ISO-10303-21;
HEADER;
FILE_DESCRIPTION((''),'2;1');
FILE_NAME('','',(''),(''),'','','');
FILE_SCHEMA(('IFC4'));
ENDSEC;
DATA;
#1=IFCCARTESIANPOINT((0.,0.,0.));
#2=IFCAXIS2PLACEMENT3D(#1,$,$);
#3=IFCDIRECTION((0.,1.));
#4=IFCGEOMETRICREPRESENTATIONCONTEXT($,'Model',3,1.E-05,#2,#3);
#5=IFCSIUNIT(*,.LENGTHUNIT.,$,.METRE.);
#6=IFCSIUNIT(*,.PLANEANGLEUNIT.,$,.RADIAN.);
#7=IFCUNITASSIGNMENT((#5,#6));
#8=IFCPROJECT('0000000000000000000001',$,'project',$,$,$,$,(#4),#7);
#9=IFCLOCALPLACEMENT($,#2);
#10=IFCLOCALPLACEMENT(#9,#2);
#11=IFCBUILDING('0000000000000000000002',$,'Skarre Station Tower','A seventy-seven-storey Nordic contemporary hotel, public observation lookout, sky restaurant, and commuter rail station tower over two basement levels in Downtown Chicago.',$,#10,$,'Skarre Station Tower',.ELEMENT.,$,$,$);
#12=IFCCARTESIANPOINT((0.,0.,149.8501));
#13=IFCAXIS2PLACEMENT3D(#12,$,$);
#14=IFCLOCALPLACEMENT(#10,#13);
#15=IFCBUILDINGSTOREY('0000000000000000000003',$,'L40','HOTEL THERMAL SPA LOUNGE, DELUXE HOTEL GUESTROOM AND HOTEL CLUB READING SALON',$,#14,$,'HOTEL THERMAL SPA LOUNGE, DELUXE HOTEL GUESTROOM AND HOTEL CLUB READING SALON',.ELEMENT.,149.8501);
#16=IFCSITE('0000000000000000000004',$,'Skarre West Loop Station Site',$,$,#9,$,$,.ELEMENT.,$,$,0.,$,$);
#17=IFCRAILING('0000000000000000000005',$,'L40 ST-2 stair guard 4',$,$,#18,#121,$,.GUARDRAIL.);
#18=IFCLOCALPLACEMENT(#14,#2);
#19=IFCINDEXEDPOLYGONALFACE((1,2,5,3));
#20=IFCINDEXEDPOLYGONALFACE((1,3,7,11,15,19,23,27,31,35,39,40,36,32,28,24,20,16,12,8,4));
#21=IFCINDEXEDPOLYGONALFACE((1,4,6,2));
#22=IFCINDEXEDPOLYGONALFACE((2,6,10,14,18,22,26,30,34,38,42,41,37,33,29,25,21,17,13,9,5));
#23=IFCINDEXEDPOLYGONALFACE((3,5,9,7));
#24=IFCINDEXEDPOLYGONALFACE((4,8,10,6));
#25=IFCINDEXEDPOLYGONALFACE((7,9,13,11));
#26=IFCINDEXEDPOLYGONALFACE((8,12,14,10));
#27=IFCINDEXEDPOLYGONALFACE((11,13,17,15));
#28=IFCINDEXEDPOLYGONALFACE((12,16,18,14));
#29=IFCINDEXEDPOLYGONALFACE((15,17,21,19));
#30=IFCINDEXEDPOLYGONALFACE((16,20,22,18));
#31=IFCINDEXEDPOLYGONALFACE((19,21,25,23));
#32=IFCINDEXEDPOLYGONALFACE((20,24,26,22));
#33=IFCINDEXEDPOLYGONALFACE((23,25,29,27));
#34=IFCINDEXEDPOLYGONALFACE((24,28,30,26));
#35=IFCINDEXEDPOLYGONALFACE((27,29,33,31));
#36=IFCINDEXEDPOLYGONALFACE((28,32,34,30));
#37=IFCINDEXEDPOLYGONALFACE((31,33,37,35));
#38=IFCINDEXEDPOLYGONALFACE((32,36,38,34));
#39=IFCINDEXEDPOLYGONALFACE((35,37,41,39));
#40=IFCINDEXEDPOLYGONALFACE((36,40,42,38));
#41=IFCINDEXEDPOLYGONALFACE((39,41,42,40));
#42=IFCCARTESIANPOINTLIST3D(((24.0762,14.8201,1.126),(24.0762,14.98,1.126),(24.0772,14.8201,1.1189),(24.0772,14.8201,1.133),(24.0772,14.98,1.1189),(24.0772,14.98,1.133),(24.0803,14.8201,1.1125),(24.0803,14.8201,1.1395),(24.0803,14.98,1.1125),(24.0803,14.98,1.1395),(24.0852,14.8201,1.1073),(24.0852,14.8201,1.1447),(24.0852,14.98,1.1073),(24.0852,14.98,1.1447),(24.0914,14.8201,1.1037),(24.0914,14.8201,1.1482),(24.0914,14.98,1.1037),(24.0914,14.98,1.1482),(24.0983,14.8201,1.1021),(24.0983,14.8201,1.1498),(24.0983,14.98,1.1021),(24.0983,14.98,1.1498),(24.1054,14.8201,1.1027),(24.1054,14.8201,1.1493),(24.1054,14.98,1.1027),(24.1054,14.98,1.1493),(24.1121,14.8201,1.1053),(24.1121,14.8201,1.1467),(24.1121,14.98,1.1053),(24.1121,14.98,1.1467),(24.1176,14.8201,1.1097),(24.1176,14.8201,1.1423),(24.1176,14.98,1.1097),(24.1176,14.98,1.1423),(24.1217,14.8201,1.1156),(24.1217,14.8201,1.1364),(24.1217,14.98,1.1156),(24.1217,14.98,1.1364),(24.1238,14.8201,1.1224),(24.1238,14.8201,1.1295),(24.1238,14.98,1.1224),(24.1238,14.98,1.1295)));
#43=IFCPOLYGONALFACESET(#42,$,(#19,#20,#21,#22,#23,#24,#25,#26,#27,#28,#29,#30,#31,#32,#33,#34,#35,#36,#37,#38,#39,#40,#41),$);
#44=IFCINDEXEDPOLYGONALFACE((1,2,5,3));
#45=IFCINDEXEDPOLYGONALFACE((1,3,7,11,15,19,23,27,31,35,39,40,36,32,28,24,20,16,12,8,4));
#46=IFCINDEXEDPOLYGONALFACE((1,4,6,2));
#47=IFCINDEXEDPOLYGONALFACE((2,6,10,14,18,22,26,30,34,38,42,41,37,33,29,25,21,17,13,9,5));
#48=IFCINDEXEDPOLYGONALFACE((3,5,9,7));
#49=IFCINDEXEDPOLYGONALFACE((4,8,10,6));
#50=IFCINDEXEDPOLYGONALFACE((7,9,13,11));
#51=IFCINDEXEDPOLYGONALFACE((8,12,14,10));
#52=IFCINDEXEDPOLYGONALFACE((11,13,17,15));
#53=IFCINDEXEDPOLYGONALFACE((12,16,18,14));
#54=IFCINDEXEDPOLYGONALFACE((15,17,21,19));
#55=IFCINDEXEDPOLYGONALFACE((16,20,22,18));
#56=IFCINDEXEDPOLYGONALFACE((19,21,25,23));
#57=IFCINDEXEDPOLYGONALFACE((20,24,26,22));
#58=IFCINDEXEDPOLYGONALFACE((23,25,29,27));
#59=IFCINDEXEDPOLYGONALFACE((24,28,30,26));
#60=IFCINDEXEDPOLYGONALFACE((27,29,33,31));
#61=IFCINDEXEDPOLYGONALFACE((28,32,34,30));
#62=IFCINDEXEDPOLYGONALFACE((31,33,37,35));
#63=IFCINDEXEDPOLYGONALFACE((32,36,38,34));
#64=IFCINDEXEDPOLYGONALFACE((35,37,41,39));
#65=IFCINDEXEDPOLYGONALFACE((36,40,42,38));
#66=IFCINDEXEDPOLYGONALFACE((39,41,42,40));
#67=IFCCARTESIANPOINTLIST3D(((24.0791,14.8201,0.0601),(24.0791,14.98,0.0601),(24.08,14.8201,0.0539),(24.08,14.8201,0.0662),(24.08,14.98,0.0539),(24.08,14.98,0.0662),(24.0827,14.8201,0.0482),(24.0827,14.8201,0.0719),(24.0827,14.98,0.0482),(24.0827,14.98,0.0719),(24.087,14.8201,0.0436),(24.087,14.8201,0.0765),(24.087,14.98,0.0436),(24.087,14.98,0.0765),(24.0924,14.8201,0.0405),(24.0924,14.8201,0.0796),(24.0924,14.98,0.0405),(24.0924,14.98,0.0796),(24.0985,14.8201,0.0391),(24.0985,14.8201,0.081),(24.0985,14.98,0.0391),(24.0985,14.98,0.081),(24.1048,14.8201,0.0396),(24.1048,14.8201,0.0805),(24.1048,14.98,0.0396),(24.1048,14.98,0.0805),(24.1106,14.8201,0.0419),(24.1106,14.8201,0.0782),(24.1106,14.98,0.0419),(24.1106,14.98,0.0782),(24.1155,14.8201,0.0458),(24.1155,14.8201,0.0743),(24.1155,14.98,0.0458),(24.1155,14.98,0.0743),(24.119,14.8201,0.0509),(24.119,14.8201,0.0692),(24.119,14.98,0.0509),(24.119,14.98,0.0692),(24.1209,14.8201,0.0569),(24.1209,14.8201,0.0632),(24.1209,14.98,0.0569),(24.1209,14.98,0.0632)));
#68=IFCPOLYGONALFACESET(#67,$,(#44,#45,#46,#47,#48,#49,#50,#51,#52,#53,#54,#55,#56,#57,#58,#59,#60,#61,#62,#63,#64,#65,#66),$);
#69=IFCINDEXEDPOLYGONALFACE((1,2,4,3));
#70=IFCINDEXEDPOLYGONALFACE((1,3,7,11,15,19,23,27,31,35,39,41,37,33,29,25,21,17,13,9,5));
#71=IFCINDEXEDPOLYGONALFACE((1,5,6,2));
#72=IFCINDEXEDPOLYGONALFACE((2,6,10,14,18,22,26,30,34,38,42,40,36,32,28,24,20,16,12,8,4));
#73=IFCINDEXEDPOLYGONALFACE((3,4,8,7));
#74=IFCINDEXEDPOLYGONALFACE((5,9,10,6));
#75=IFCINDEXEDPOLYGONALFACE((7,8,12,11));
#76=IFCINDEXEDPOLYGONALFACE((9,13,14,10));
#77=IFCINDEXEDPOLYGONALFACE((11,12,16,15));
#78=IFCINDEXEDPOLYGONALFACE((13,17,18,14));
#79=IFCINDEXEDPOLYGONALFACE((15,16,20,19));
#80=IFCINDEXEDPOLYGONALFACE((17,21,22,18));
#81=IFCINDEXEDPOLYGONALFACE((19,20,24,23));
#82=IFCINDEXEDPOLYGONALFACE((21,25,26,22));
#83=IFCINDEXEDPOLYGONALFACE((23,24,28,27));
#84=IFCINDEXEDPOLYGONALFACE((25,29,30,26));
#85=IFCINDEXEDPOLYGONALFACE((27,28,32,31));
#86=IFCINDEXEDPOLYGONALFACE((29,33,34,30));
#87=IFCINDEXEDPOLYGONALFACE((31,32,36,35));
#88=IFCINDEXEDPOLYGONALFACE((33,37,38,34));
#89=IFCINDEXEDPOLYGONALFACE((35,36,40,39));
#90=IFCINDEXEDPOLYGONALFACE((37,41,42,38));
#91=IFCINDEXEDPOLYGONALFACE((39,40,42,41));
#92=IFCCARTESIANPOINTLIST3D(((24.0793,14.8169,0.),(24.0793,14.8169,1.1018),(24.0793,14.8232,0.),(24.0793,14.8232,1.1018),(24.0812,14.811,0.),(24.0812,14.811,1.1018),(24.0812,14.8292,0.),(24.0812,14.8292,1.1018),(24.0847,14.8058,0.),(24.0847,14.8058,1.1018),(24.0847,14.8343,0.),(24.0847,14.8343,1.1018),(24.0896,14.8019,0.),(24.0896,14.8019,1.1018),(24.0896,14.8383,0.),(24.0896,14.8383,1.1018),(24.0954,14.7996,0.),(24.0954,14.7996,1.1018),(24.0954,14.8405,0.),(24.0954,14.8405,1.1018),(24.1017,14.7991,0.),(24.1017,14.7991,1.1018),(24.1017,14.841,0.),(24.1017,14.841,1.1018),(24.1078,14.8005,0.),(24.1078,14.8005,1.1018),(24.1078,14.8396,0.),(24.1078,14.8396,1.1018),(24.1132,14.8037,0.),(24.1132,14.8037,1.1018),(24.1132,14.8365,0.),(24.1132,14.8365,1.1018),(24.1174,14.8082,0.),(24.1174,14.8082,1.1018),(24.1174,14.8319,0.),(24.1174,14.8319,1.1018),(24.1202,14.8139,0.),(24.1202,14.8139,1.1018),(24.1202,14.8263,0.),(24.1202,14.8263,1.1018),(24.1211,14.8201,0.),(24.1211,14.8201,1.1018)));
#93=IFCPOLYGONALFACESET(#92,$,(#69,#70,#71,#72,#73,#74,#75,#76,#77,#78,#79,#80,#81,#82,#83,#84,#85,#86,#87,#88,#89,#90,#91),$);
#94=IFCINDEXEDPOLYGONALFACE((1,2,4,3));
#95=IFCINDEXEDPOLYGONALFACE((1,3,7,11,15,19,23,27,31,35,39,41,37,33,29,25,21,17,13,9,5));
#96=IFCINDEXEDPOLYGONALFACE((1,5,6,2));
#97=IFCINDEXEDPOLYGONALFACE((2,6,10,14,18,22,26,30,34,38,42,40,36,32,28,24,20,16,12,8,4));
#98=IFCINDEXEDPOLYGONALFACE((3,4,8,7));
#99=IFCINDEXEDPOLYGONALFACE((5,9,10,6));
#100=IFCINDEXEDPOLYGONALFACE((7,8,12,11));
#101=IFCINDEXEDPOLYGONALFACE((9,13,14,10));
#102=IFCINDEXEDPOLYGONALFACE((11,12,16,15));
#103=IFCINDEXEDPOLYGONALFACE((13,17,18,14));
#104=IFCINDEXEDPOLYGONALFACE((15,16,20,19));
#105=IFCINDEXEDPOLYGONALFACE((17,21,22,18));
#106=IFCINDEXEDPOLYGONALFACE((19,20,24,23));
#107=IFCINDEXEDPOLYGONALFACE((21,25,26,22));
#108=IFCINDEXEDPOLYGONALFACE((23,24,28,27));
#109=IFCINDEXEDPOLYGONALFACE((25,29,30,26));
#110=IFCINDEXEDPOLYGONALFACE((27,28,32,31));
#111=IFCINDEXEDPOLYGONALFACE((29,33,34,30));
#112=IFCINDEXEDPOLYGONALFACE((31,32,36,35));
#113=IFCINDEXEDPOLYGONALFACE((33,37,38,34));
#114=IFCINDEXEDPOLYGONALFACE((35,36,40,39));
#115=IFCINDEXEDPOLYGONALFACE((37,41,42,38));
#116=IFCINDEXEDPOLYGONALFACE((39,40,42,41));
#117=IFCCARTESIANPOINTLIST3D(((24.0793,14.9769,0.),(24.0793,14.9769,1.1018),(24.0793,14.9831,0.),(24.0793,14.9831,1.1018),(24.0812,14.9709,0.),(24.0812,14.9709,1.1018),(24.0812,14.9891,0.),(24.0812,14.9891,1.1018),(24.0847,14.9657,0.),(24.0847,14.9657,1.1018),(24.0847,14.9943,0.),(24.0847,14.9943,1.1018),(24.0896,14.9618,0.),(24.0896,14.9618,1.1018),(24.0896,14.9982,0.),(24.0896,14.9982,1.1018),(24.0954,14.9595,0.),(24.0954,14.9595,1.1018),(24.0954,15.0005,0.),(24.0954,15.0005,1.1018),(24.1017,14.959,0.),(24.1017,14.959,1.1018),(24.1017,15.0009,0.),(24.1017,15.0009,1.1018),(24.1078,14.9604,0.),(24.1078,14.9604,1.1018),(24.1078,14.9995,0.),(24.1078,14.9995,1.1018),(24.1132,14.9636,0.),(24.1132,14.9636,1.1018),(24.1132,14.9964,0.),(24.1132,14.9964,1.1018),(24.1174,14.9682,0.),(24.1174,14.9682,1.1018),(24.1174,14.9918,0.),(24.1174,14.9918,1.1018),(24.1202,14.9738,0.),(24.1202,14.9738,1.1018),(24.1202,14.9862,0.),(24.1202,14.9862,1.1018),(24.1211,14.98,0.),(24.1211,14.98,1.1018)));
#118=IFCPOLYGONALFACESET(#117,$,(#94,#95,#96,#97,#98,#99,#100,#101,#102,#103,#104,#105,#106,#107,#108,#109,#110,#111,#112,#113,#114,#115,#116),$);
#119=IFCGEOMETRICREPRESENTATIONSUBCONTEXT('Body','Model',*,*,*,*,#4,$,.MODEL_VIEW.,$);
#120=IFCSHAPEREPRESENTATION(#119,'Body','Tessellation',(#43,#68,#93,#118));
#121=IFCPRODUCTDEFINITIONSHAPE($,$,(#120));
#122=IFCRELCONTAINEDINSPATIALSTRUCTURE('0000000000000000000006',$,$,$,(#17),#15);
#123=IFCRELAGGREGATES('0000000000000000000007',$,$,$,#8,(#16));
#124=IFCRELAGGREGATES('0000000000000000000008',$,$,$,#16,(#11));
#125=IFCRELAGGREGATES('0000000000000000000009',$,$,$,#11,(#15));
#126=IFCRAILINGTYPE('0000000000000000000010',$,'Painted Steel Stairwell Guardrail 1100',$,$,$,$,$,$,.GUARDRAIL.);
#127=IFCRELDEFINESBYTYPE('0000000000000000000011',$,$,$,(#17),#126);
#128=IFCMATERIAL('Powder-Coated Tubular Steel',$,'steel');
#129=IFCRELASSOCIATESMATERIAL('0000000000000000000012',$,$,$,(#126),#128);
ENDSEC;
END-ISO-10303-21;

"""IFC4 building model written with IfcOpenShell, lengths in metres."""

from ifc_helpers import new_model, si_unit, direction, frame, origin, origin_2d, place, context, subcontext, project, spatial, circle, extrude, material, type_object, element, save


model = new_model("IFC4")

# Units and contexts
model_context = context("Model", 3, precision=1e-05, world=origin(), true_north=direction((0.0, 1.0)))
body_context = subcontext(model_context, "Body", "Model", "MODEL_VIEW")
ifc_project = project(units=[si_unit("LENGTHUNIT", "METRE"), si_unit("PLANEANGLEUNIT", "RADIAN")], contexts=[model_context])

# Site, building, storey
site_placement = place(None, origin())
site = spatial("IfcSite", under=ifc_project, at=site_placement, Name="Skarre West Loop Station Site", CompositionType="ELEMENT", RefElevation=0.0)
building_placement = place(site_placement, origin())
building = spatial("IfcBuilding", under=site, at=building_placement, Name="Skarre Station Tower", Description="A seventy-seven-storey Nordic contemporary hotel, public observation lookout, sky restaurant, and commuter rail station tower over two basement levels in Downtown Chicago.", LongName="Skarre Station Tower", CompositionType="ELEMENT")
storey_placement = place(building_placement, frame((0.0, 0.0, 149.8501)))
storey = spatial("IfcBuildingStorey", under=building, at=storey_placement, Name="L40", Description="HOTEL THERMAL SPA LOUNGE, DELUXE HOTEL GUESTROOM AND HOTEL CLUB READING SALON", LongName="HOTEL THERMAL SPA LOUNGE, DELUXE HOTEL GUESTROOM AND HOTEL CLUB READING SALON", CompositionType="ELEMENT", Elevation=149.8501)

# Railing
ifc_material_1 = material(Name="Powder-Coated Tubular Steel", Category="steel")
railing_type_1 = type_object("IfcRailingType", Name="Painted Steel Stairwell Guardrail 1100", PredefinedType="GUARDRAIL", material=ifc_material_1)
railing_1_placement = place(storey_placement, frame((24.1001, 14.8201, 0.0)))
element("IfcRailing", 1, at=railing_1_placement, inside=storey, type_object=railing_type_1, Name="L40 ST-2 stair guard 4", PredefinedType="GUARDRAIL", context=body_context, shape_type="SweptSolid", body=[
    extrude(circle(Radius=0.0239, at=origin_2d()), frame((0.0, 0.0, 1.126), z_axis=(0.0, 1.0, 0.0), x_axis=(-1.0, 0.0, 0.0)), (0.0, 0.0, 1.0), 0.1599),
    extrude(circle(Radius=0.021, at=origin_2d()), frame((0.0, 0.0, 0.0601), z_axis=(0.0, 1.0, 0.0), x_axis=(-1.0, 0.0, 0.0)), (0.0, 0.0, 1.0), 0.1599),
    extrude(circle(Radius=0.021, at=origin_2d()), origin(), (0.0, 0.0, 1.0), 1.1018),
    extrude(circle(Radius=0.021, at=origin_2d()), frame((0.0, 0.1599, 0.0)), (0.0, 0.0, 1.0), 1.1018),
])

save(model, "model.ifc")
